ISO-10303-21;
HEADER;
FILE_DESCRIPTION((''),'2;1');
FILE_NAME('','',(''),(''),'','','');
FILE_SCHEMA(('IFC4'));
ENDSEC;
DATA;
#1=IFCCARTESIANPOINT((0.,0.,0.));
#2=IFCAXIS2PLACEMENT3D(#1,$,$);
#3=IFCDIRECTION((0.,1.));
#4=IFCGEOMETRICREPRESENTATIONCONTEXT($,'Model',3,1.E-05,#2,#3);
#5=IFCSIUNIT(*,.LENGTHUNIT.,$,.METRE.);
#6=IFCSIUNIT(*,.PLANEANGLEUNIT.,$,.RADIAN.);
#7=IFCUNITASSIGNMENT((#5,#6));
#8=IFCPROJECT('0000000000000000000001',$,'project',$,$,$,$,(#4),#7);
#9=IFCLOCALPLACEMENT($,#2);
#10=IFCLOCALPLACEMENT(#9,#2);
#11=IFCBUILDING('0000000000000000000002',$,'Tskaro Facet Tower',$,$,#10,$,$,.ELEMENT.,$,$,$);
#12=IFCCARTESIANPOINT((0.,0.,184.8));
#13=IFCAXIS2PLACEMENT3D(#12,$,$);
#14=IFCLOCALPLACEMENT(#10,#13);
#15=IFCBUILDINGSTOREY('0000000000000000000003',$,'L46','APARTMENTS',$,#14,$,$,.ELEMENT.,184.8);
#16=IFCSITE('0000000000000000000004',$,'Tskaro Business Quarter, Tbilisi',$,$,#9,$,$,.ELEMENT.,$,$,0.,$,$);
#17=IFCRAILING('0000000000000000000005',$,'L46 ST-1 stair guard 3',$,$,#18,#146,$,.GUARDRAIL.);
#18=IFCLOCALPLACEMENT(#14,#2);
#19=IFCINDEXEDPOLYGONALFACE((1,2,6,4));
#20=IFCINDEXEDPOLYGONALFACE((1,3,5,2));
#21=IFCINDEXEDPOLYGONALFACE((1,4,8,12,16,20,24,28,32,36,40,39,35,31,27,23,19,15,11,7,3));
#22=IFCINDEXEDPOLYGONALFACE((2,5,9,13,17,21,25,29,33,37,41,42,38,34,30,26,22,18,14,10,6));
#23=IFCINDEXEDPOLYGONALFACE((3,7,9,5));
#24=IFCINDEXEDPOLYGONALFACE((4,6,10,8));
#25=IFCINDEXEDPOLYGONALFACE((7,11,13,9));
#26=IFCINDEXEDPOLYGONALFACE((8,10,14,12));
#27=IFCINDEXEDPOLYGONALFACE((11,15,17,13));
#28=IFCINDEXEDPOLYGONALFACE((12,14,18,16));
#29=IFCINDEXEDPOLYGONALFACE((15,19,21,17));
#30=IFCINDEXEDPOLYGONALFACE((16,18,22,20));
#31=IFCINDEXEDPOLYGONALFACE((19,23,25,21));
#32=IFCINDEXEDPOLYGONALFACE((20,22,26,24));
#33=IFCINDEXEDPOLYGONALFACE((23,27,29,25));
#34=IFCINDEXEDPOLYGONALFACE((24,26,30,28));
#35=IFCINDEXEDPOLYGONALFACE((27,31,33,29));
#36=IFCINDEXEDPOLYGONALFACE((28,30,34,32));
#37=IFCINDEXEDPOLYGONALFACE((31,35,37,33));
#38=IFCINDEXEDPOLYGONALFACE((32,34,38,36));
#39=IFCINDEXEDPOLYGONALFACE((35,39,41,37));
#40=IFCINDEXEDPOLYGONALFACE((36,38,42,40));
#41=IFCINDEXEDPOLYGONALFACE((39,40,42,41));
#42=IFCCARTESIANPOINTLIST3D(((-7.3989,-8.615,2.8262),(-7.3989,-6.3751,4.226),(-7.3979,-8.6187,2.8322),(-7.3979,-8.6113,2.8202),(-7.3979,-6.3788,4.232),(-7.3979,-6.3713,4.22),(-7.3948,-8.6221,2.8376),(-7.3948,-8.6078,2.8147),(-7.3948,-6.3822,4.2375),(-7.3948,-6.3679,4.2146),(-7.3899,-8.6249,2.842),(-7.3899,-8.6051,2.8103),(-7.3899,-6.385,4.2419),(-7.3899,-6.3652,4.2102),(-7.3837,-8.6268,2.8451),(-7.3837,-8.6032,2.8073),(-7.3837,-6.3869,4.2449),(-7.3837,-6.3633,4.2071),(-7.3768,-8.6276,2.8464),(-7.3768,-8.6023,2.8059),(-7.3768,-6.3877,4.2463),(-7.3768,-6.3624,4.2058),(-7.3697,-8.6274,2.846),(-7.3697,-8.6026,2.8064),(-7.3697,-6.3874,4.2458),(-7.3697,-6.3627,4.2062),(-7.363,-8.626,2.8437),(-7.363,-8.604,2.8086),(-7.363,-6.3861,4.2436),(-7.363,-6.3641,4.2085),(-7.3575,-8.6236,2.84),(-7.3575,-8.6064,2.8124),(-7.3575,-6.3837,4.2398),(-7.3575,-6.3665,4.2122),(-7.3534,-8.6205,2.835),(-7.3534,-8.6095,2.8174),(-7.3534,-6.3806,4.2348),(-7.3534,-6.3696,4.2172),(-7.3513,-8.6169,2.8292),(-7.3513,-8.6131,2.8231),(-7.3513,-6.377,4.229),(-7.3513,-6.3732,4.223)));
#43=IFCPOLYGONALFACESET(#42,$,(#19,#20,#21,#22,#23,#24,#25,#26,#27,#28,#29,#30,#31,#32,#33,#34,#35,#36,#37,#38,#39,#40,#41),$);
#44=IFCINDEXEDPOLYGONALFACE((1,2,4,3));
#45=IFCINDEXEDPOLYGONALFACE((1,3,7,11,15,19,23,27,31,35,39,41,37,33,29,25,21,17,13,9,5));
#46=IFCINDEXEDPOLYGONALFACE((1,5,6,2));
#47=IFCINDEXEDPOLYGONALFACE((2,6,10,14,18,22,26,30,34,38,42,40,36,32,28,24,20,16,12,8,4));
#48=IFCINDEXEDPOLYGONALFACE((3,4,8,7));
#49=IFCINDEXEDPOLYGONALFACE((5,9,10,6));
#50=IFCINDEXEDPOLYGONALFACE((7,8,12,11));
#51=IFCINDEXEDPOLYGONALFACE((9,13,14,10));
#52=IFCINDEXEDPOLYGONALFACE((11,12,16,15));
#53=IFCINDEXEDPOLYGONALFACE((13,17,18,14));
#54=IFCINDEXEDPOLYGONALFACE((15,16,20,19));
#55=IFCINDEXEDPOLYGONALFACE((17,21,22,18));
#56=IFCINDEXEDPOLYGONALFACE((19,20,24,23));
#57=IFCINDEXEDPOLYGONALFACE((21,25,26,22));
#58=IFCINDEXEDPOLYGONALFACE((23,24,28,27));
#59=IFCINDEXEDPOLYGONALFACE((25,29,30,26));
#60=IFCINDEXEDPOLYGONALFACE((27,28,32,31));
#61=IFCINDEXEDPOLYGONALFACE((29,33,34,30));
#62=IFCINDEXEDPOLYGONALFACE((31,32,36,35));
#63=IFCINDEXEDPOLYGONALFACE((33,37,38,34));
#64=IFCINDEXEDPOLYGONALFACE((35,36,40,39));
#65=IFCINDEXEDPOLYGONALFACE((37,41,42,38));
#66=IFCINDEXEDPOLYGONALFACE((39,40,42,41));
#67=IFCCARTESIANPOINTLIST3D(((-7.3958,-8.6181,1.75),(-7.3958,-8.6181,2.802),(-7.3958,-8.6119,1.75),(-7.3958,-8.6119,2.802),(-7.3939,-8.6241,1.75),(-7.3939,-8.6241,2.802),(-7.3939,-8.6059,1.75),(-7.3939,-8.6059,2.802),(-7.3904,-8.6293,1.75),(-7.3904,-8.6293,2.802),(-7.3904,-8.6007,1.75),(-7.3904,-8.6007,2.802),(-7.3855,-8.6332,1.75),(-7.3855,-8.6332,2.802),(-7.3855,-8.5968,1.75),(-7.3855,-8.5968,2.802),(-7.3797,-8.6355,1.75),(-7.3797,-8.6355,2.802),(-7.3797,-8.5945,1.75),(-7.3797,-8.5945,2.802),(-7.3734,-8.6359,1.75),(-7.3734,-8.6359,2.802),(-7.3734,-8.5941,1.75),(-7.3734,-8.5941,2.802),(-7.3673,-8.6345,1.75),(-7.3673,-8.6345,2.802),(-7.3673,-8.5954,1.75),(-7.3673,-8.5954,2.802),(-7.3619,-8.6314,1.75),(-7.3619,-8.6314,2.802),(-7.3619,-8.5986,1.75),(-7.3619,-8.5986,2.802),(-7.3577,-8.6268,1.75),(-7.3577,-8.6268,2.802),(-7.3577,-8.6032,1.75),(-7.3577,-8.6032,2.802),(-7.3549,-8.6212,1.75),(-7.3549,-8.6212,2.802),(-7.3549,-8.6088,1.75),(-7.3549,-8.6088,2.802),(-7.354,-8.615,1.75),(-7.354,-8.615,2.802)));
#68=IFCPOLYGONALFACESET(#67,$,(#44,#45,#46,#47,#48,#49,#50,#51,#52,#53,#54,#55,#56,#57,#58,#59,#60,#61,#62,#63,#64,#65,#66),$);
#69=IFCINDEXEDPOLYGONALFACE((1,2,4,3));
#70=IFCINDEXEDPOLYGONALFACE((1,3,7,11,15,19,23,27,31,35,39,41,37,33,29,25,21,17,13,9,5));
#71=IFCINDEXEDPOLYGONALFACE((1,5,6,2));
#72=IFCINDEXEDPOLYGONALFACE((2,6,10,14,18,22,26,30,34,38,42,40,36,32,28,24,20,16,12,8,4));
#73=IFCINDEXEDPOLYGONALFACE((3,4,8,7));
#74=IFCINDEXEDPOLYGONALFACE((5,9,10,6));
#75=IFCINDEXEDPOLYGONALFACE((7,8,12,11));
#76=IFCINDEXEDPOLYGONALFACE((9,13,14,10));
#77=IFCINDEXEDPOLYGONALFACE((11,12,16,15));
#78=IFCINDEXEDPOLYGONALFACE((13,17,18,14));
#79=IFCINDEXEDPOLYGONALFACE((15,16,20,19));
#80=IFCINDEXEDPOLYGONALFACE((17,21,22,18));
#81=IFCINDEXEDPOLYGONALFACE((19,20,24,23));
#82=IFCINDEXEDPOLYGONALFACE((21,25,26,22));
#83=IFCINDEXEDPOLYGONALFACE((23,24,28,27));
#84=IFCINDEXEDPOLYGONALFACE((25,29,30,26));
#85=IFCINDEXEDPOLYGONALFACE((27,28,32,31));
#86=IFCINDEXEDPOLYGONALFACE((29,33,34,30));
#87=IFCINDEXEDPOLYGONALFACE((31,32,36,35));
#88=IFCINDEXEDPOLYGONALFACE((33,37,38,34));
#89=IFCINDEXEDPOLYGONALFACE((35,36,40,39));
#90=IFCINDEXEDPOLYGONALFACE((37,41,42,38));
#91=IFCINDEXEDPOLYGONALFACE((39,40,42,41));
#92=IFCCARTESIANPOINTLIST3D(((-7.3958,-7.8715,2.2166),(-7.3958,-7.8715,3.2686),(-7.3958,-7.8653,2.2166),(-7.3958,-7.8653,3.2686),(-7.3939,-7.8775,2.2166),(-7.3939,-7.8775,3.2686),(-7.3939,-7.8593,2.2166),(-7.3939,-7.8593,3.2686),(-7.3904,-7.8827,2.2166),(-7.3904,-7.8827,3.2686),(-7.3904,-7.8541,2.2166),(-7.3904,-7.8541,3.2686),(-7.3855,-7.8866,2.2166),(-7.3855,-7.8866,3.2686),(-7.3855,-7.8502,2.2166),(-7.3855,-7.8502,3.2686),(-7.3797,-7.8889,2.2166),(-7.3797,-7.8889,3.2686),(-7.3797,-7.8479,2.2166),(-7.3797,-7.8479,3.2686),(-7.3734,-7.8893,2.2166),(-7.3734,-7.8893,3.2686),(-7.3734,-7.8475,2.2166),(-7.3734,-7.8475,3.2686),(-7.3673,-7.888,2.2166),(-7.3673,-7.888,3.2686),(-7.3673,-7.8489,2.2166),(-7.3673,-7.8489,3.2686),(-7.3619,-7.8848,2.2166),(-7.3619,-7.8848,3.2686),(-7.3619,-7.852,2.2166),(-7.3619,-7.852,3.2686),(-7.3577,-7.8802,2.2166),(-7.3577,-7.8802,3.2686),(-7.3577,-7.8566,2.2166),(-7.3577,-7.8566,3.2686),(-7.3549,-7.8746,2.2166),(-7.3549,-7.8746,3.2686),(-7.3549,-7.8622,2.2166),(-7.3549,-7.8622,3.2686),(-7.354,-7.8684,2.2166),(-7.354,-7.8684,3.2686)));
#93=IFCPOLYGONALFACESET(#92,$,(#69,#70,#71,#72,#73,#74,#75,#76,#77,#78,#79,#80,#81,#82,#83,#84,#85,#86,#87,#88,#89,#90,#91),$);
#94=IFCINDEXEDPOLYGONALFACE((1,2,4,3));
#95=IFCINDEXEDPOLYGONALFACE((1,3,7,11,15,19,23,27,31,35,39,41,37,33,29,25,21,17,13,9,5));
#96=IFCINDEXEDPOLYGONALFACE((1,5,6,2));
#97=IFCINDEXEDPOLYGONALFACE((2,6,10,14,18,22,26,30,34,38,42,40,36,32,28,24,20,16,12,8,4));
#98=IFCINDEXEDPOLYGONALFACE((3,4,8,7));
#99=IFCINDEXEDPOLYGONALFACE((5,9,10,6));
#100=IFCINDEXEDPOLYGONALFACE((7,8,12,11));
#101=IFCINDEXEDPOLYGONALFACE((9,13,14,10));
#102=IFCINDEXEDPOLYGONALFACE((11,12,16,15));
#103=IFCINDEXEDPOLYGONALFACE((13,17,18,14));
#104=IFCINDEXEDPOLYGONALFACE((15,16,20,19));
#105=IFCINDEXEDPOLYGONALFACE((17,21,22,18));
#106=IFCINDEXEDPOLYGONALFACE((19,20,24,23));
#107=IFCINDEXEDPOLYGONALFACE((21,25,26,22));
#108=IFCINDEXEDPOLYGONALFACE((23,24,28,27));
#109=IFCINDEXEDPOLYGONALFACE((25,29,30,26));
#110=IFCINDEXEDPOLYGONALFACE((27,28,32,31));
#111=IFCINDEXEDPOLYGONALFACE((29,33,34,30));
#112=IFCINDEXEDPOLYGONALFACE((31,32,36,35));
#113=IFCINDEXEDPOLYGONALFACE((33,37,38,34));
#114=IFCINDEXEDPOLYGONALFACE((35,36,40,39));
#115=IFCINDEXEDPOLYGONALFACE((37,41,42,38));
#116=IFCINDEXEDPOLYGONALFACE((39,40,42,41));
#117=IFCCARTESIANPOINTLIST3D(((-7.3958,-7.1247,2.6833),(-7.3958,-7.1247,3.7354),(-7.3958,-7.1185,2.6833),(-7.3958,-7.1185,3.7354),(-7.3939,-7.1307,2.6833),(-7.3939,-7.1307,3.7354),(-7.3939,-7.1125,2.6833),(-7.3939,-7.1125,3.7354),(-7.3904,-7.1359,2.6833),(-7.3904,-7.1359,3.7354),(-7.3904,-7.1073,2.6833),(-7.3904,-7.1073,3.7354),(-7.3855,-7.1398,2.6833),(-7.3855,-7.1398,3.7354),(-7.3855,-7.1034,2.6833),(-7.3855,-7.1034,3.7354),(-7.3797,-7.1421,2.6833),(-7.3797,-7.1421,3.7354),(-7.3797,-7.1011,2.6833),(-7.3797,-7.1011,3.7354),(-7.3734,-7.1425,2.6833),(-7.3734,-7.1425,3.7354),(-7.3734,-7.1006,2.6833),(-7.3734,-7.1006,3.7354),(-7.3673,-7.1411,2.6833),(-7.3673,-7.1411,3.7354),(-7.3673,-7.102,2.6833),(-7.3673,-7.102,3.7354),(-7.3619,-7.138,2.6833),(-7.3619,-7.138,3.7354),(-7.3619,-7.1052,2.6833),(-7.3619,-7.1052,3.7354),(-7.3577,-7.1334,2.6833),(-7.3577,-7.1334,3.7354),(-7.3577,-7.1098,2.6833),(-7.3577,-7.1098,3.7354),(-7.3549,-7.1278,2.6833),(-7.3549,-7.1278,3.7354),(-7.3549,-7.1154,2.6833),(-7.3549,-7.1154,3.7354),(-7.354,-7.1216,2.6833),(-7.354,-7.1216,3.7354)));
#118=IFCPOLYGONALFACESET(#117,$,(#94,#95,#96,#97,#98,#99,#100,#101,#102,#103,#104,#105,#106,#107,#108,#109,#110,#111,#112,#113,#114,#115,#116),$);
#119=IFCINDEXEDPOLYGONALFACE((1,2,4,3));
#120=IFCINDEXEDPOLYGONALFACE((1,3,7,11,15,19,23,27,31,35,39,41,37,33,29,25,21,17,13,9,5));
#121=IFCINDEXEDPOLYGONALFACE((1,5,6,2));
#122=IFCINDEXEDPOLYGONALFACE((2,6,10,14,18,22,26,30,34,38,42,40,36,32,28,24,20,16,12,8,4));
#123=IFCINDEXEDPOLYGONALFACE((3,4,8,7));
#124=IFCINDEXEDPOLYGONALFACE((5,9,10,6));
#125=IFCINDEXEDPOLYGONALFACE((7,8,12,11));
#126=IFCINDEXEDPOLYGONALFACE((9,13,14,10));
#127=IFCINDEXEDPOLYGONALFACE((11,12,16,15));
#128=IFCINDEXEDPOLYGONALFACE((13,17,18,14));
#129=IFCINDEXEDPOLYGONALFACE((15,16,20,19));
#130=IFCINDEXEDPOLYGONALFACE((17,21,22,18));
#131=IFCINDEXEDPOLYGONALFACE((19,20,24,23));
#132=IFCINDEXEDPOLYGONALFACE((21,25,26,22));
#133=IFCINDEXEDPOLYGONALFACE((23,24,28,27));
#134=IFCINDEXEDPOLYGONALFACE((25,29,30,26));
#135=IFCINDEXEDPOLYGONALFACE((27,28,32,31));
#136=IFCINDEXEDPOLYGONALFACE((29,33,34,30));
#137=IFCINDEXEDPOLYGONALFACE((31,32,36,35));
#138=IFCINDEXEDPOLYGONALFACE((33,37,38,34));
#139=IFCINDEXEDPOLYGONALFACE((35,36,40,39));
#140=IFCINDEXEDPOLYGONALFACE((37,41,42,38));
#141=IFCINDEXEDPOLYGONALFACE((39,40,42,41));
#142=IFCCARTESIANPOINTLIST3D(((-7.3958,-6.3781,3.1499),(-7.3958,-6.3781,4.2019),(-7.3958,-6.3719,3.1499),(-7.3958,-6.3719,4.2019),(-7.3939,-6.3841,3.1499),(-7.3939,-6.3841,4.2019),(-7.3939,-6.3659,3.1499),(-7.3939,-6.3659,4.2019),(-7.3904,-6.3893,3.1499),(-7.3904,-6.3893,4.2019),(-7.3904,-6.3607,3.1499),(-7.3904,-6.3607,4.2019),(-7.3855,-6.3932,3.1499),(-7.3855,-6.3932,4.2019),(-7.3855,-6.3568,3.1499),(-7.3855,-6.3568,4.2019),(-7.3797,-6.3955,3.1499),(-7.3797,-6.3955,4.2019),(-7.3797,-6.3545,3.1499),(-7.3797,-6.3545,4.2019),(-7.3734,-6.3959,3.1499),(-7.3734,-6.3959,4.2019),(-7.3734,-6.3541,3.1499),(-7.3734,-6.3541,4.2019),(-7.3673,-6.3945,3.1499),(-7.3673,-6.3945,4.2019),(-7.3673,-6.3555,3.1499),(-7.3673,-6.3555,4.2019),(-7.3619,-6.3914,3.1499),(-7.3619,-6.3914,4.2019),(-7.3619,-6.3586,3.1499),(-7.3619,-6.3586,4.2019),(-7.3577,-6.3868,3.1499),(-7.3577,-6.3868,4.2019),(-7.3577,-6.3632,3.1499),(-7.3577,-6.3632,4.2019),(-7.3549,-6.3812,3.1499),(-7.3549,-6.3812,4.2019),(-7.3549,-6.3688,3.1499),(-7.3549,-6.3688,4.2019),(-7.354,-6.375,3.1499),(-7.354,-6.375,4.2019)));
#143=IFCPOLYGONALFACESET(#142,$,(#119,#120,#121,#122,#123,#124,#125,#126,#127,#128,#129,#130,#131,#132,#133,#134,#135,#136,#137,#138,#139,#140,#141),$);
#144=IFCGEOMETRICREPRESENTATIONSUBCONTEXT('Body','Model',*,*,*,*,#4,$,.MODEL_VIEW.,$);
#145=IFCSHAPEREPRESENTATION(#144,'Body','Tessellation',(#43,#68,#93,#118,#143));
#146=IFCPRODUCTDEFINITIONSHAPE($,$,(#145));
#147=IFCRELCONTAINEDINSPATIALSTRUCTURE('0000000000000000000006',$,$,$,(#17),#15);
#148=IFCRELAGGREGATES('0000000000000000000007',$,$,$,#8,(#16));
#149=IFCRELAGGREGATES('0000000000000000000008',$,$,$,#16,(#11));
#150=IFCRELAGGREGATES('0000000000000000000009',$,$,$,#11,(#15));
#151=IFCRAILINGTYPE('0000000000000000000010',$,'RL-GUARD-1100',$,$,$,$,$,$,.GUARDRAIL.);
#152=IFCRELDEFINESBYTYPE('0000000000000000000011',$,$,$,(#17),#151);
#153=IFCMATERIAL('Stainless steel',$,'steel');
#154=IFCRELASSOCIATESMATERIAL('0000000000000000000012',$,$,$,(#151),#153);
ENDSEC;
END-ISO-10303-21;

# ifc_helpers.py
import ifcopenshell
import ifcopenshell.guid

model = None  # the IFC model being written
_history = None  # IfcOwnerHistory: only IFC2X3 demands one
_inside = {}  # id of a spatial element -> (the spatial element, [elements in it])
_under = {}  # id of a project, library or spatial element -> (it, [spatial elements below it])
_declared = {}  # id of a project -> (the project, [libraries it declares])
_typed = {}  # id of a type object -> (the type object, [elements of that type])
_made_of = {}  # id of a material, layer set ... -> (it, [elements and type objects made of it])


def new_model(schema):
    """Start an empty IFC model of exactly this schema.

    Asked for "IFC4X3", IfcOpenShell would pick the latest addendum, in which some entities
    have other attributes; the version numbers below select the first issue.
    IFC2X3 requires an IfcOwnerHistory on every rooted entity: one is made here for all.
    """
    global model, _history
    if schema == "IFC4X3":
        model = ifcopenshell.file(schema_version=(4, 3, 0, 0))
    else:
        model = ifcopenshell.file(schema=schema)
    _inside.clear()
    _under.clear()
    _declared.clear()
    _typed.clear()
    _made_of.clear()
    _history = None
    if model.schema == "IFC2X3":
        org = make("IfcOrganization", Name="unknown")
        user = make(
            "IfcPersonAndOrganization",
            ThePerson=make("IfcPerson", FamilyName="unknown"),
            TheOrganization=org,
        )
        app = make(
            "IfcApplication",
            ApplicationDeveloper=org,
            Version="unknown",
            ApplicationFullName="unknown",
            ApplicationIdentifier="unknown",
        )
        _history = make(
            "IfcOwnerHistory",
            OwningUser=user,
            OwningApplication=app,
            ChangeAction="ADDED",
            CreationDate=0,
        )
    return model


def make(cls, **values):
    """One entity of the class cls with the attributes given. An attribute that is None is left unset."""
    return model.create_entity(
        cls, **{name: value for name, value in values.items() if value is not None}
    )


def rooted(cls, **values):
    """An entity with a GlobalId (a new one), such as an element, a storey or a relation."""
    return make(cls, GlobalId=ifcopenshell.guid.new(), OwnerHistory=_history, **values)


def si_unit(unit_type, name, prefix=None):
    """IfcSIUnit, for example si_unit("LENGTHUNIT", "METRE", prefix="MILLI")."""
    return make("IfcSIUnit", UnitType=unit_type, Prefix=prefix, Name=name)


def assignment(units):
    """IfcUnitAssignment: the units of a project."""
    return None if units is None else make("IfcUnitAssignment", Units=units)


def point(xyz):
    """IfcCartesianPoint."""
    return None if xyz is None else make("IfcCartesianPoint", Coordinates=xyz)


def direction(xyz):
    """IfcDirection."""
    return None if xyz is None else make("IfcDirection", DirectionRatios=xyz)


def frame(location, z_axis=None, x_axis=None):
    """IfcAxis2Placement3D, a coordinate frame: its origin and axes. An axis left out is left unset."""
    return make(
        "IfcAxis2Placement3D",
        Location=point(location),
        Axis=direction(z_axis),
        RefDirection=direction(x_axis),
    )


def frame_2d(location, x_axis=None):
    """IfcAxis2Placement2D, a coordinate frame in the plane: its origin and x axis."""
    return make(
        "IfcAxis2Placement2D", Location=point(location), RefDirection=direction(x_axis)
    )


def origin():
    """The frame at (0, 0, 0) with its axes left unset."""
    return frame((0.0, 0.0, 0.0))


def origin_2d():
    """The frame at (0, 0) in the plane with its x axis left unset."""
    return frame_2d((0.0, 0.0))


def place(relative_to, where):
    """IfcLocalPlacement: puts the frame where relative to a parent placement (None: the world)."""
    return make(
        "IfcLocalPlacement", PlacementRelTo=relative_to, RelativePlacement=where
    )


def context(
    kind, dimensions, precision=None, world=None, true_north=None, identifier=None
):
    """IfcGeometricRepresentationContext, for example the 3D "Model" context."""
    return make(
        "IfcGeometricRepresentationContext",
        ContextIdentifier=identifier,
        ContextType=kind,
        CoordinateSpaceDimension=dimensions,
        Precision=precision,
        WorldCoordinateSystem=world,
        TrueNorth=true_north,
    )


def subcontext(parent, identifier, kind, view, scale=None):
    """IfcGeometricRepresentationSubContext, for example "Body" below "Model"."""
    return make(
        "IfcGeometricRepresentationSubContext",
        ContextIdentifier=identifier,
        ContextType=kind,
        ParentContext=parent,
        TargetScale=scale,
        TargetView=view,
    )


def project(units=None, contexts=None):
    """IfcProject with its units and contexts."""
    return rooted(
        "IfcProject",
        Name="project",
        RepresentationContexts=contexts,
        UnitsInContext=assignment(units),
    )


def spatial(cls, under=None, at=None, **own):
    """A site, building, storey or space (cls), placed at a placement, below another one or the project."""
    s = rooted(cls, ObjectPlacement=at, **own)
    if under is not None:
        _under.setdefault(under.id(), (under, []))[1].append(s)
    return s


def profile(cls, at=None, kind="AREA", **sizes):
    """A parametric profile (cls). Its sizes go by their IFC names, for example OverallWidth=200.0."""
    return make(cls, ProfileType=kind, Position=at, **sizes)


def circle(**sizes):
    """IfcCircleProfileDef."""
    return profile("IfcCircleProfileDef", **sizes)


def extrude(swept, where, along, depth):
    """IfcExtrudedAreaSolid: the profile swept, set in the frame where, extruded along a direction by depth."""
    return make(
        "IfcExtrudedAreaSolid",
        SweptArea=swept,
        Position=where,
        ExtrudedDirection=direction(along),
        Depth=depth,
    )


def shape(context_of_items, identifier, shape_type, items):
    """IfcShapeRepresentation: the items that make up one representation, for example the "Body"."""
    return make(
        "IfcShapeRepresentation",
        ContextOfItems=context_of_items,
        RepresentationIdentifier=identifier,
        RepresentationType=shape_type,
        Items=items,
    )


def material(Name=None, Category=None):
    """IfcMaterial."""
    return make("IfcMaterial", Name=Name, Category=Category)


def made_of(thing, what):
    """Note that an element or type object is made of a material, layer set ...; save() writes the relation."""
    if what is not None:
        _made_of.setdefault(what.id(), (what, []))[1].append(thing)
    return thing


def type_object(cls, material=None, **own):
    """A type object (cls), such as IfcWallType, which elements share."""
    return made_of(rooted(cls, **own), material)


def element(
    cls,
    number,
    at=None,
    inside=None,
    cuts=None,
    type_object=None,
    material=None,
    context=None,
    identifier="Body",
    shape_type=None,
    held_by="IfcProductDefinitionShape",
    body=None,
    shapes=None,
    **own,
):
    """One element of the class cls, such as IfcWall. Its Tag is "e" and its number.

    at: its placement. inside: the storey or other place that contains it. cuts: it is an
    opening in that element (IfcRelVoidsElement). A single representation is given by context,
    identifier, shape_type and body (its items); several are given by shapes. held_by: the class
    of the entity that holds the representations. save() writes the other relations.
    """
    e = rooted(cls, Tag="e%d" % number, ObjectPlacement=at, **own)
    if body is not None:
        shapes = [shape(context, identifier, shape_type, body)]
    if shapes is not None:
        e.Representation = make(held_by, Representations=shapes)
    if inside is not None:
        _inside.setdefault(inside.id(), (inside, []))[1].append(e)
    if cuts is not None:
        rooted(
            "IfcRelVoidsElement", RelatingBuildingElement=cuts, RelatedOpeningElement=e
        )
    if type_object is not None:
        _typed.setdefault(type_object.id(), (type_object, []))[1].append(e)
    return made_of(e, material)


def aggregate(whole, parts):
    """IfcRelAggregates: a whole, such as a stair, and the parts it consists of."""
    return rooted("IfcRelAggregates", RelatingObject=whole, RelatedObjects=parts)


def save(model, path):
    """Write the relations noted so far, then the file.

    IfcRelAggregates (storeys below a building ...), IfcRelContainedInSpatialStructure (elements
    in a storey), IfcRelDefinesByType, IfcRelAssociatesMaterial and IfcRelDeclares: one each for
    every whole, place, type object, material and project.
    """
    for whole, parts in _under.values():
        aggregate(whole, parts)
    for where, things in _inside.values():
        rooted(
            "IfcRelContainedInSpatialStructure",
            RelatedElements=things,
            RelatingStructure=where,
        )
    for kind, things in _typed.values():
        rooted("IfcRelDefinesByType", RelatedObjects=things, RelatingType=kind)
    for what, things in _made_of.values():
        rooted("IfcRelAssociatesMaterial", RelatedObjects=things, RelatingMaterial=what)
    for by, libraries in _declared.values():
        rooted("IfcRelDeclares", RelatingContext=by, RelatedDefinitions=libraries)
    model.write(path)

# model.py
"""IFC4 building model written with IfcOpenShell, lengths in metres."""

from ifc_helpers import new_model, si_unit, direction, frame, origin, origin_2d, place, context, subcontext, project, spatial, circle, extrude, material, type_object, element, save


model = new_model("IFC4")

# Units and contexts
model_context = context("Model", 3, precision=1e-05, world=origin(), true_north=direction((0.0, 1.0)))
body_context = subcontext(model_context, "Body", "Model", "MODEL_VIEW")
ifc_project = project(units=[si_unit("LENGTHUNIT", "METRE"), si_unit("PLANEANGLEUNIT", "RADIAN")], contexts=[model_context])

# Site, building, storey
site_placement = place(None, origin())
site = spatial("IfcSite", under=ifc_project, at=site_placement, Name="Tskaro Business Quarter, Tbilisi", CompositionType="ELEMENT", RefElevation=0.0)
building_placement = place(site_placement, origin())
building = spatial("IfcBuilding", under=site, at=building_placement, Name="Tskaro Facet Tower", CompositionType="ELEMENT")
storey_placement = place(building_placement, frame((0.0, 0.0, 184.8)))
storey = spatial("IfcBuildingStorey", under=building, at=storey_placement, Name="L46", Description="APARTMENTS", CompositionType="ELEMENT", Elevation=184.8)

# Shared definitions
ifc_material_1 = material(Name="Stainless steel", Category="steel")

# Railing
railing_type_1 = type_object("IfcRailingType", Name="RL-GUARD-1100", PredefinedType="GUARDRAIL", material=ifc_material_1)
railing_1_placement = place(storey_placement, frame((-7.375, -8.615, 1.75)))
element("IfcRailing", 1, at=railing_1_placement, inside=storey, type_object=railing_type_1, Name="L46 ST-1 stair guard 3", PredefinedType="GUARDRAIL", context=body_context, shape_type="SweptSolid", body=[
    extrude(circle(Radius=0.0239, at=origin_2d()), frame((0.0, 0.0, 1.0762), z_axis=(0.0, 0.848014, 0.529974), x_axis=(-1.0, 0.0, 0.0)), (0.0, 0.0, 1.0), 2.6414),
    extrude(circle(Radius=0.021, at=origin_2d()), origin(), (0.0, 0.0, 1.0), 1.052),
    extrude(circle(Radius=0.021, at=origin_2d()), frame((0.0, 0.7466, 0.4666)), (0.0, 0.0, 1.0), 1.052),
    extrude(circle(Radius=0.021, at=origin_2d()), frame((0.0, 1.4934, 0.9333)), (0.0, 0.0, 1.0), 1.052),
    extrude(circle(Radius=0.021, at=origin_2d()), frame((0.0, 2.24, 1.3999)), (0.0, 0.0, 1.0), 1.052),
])

save(model, "model.ifc")
